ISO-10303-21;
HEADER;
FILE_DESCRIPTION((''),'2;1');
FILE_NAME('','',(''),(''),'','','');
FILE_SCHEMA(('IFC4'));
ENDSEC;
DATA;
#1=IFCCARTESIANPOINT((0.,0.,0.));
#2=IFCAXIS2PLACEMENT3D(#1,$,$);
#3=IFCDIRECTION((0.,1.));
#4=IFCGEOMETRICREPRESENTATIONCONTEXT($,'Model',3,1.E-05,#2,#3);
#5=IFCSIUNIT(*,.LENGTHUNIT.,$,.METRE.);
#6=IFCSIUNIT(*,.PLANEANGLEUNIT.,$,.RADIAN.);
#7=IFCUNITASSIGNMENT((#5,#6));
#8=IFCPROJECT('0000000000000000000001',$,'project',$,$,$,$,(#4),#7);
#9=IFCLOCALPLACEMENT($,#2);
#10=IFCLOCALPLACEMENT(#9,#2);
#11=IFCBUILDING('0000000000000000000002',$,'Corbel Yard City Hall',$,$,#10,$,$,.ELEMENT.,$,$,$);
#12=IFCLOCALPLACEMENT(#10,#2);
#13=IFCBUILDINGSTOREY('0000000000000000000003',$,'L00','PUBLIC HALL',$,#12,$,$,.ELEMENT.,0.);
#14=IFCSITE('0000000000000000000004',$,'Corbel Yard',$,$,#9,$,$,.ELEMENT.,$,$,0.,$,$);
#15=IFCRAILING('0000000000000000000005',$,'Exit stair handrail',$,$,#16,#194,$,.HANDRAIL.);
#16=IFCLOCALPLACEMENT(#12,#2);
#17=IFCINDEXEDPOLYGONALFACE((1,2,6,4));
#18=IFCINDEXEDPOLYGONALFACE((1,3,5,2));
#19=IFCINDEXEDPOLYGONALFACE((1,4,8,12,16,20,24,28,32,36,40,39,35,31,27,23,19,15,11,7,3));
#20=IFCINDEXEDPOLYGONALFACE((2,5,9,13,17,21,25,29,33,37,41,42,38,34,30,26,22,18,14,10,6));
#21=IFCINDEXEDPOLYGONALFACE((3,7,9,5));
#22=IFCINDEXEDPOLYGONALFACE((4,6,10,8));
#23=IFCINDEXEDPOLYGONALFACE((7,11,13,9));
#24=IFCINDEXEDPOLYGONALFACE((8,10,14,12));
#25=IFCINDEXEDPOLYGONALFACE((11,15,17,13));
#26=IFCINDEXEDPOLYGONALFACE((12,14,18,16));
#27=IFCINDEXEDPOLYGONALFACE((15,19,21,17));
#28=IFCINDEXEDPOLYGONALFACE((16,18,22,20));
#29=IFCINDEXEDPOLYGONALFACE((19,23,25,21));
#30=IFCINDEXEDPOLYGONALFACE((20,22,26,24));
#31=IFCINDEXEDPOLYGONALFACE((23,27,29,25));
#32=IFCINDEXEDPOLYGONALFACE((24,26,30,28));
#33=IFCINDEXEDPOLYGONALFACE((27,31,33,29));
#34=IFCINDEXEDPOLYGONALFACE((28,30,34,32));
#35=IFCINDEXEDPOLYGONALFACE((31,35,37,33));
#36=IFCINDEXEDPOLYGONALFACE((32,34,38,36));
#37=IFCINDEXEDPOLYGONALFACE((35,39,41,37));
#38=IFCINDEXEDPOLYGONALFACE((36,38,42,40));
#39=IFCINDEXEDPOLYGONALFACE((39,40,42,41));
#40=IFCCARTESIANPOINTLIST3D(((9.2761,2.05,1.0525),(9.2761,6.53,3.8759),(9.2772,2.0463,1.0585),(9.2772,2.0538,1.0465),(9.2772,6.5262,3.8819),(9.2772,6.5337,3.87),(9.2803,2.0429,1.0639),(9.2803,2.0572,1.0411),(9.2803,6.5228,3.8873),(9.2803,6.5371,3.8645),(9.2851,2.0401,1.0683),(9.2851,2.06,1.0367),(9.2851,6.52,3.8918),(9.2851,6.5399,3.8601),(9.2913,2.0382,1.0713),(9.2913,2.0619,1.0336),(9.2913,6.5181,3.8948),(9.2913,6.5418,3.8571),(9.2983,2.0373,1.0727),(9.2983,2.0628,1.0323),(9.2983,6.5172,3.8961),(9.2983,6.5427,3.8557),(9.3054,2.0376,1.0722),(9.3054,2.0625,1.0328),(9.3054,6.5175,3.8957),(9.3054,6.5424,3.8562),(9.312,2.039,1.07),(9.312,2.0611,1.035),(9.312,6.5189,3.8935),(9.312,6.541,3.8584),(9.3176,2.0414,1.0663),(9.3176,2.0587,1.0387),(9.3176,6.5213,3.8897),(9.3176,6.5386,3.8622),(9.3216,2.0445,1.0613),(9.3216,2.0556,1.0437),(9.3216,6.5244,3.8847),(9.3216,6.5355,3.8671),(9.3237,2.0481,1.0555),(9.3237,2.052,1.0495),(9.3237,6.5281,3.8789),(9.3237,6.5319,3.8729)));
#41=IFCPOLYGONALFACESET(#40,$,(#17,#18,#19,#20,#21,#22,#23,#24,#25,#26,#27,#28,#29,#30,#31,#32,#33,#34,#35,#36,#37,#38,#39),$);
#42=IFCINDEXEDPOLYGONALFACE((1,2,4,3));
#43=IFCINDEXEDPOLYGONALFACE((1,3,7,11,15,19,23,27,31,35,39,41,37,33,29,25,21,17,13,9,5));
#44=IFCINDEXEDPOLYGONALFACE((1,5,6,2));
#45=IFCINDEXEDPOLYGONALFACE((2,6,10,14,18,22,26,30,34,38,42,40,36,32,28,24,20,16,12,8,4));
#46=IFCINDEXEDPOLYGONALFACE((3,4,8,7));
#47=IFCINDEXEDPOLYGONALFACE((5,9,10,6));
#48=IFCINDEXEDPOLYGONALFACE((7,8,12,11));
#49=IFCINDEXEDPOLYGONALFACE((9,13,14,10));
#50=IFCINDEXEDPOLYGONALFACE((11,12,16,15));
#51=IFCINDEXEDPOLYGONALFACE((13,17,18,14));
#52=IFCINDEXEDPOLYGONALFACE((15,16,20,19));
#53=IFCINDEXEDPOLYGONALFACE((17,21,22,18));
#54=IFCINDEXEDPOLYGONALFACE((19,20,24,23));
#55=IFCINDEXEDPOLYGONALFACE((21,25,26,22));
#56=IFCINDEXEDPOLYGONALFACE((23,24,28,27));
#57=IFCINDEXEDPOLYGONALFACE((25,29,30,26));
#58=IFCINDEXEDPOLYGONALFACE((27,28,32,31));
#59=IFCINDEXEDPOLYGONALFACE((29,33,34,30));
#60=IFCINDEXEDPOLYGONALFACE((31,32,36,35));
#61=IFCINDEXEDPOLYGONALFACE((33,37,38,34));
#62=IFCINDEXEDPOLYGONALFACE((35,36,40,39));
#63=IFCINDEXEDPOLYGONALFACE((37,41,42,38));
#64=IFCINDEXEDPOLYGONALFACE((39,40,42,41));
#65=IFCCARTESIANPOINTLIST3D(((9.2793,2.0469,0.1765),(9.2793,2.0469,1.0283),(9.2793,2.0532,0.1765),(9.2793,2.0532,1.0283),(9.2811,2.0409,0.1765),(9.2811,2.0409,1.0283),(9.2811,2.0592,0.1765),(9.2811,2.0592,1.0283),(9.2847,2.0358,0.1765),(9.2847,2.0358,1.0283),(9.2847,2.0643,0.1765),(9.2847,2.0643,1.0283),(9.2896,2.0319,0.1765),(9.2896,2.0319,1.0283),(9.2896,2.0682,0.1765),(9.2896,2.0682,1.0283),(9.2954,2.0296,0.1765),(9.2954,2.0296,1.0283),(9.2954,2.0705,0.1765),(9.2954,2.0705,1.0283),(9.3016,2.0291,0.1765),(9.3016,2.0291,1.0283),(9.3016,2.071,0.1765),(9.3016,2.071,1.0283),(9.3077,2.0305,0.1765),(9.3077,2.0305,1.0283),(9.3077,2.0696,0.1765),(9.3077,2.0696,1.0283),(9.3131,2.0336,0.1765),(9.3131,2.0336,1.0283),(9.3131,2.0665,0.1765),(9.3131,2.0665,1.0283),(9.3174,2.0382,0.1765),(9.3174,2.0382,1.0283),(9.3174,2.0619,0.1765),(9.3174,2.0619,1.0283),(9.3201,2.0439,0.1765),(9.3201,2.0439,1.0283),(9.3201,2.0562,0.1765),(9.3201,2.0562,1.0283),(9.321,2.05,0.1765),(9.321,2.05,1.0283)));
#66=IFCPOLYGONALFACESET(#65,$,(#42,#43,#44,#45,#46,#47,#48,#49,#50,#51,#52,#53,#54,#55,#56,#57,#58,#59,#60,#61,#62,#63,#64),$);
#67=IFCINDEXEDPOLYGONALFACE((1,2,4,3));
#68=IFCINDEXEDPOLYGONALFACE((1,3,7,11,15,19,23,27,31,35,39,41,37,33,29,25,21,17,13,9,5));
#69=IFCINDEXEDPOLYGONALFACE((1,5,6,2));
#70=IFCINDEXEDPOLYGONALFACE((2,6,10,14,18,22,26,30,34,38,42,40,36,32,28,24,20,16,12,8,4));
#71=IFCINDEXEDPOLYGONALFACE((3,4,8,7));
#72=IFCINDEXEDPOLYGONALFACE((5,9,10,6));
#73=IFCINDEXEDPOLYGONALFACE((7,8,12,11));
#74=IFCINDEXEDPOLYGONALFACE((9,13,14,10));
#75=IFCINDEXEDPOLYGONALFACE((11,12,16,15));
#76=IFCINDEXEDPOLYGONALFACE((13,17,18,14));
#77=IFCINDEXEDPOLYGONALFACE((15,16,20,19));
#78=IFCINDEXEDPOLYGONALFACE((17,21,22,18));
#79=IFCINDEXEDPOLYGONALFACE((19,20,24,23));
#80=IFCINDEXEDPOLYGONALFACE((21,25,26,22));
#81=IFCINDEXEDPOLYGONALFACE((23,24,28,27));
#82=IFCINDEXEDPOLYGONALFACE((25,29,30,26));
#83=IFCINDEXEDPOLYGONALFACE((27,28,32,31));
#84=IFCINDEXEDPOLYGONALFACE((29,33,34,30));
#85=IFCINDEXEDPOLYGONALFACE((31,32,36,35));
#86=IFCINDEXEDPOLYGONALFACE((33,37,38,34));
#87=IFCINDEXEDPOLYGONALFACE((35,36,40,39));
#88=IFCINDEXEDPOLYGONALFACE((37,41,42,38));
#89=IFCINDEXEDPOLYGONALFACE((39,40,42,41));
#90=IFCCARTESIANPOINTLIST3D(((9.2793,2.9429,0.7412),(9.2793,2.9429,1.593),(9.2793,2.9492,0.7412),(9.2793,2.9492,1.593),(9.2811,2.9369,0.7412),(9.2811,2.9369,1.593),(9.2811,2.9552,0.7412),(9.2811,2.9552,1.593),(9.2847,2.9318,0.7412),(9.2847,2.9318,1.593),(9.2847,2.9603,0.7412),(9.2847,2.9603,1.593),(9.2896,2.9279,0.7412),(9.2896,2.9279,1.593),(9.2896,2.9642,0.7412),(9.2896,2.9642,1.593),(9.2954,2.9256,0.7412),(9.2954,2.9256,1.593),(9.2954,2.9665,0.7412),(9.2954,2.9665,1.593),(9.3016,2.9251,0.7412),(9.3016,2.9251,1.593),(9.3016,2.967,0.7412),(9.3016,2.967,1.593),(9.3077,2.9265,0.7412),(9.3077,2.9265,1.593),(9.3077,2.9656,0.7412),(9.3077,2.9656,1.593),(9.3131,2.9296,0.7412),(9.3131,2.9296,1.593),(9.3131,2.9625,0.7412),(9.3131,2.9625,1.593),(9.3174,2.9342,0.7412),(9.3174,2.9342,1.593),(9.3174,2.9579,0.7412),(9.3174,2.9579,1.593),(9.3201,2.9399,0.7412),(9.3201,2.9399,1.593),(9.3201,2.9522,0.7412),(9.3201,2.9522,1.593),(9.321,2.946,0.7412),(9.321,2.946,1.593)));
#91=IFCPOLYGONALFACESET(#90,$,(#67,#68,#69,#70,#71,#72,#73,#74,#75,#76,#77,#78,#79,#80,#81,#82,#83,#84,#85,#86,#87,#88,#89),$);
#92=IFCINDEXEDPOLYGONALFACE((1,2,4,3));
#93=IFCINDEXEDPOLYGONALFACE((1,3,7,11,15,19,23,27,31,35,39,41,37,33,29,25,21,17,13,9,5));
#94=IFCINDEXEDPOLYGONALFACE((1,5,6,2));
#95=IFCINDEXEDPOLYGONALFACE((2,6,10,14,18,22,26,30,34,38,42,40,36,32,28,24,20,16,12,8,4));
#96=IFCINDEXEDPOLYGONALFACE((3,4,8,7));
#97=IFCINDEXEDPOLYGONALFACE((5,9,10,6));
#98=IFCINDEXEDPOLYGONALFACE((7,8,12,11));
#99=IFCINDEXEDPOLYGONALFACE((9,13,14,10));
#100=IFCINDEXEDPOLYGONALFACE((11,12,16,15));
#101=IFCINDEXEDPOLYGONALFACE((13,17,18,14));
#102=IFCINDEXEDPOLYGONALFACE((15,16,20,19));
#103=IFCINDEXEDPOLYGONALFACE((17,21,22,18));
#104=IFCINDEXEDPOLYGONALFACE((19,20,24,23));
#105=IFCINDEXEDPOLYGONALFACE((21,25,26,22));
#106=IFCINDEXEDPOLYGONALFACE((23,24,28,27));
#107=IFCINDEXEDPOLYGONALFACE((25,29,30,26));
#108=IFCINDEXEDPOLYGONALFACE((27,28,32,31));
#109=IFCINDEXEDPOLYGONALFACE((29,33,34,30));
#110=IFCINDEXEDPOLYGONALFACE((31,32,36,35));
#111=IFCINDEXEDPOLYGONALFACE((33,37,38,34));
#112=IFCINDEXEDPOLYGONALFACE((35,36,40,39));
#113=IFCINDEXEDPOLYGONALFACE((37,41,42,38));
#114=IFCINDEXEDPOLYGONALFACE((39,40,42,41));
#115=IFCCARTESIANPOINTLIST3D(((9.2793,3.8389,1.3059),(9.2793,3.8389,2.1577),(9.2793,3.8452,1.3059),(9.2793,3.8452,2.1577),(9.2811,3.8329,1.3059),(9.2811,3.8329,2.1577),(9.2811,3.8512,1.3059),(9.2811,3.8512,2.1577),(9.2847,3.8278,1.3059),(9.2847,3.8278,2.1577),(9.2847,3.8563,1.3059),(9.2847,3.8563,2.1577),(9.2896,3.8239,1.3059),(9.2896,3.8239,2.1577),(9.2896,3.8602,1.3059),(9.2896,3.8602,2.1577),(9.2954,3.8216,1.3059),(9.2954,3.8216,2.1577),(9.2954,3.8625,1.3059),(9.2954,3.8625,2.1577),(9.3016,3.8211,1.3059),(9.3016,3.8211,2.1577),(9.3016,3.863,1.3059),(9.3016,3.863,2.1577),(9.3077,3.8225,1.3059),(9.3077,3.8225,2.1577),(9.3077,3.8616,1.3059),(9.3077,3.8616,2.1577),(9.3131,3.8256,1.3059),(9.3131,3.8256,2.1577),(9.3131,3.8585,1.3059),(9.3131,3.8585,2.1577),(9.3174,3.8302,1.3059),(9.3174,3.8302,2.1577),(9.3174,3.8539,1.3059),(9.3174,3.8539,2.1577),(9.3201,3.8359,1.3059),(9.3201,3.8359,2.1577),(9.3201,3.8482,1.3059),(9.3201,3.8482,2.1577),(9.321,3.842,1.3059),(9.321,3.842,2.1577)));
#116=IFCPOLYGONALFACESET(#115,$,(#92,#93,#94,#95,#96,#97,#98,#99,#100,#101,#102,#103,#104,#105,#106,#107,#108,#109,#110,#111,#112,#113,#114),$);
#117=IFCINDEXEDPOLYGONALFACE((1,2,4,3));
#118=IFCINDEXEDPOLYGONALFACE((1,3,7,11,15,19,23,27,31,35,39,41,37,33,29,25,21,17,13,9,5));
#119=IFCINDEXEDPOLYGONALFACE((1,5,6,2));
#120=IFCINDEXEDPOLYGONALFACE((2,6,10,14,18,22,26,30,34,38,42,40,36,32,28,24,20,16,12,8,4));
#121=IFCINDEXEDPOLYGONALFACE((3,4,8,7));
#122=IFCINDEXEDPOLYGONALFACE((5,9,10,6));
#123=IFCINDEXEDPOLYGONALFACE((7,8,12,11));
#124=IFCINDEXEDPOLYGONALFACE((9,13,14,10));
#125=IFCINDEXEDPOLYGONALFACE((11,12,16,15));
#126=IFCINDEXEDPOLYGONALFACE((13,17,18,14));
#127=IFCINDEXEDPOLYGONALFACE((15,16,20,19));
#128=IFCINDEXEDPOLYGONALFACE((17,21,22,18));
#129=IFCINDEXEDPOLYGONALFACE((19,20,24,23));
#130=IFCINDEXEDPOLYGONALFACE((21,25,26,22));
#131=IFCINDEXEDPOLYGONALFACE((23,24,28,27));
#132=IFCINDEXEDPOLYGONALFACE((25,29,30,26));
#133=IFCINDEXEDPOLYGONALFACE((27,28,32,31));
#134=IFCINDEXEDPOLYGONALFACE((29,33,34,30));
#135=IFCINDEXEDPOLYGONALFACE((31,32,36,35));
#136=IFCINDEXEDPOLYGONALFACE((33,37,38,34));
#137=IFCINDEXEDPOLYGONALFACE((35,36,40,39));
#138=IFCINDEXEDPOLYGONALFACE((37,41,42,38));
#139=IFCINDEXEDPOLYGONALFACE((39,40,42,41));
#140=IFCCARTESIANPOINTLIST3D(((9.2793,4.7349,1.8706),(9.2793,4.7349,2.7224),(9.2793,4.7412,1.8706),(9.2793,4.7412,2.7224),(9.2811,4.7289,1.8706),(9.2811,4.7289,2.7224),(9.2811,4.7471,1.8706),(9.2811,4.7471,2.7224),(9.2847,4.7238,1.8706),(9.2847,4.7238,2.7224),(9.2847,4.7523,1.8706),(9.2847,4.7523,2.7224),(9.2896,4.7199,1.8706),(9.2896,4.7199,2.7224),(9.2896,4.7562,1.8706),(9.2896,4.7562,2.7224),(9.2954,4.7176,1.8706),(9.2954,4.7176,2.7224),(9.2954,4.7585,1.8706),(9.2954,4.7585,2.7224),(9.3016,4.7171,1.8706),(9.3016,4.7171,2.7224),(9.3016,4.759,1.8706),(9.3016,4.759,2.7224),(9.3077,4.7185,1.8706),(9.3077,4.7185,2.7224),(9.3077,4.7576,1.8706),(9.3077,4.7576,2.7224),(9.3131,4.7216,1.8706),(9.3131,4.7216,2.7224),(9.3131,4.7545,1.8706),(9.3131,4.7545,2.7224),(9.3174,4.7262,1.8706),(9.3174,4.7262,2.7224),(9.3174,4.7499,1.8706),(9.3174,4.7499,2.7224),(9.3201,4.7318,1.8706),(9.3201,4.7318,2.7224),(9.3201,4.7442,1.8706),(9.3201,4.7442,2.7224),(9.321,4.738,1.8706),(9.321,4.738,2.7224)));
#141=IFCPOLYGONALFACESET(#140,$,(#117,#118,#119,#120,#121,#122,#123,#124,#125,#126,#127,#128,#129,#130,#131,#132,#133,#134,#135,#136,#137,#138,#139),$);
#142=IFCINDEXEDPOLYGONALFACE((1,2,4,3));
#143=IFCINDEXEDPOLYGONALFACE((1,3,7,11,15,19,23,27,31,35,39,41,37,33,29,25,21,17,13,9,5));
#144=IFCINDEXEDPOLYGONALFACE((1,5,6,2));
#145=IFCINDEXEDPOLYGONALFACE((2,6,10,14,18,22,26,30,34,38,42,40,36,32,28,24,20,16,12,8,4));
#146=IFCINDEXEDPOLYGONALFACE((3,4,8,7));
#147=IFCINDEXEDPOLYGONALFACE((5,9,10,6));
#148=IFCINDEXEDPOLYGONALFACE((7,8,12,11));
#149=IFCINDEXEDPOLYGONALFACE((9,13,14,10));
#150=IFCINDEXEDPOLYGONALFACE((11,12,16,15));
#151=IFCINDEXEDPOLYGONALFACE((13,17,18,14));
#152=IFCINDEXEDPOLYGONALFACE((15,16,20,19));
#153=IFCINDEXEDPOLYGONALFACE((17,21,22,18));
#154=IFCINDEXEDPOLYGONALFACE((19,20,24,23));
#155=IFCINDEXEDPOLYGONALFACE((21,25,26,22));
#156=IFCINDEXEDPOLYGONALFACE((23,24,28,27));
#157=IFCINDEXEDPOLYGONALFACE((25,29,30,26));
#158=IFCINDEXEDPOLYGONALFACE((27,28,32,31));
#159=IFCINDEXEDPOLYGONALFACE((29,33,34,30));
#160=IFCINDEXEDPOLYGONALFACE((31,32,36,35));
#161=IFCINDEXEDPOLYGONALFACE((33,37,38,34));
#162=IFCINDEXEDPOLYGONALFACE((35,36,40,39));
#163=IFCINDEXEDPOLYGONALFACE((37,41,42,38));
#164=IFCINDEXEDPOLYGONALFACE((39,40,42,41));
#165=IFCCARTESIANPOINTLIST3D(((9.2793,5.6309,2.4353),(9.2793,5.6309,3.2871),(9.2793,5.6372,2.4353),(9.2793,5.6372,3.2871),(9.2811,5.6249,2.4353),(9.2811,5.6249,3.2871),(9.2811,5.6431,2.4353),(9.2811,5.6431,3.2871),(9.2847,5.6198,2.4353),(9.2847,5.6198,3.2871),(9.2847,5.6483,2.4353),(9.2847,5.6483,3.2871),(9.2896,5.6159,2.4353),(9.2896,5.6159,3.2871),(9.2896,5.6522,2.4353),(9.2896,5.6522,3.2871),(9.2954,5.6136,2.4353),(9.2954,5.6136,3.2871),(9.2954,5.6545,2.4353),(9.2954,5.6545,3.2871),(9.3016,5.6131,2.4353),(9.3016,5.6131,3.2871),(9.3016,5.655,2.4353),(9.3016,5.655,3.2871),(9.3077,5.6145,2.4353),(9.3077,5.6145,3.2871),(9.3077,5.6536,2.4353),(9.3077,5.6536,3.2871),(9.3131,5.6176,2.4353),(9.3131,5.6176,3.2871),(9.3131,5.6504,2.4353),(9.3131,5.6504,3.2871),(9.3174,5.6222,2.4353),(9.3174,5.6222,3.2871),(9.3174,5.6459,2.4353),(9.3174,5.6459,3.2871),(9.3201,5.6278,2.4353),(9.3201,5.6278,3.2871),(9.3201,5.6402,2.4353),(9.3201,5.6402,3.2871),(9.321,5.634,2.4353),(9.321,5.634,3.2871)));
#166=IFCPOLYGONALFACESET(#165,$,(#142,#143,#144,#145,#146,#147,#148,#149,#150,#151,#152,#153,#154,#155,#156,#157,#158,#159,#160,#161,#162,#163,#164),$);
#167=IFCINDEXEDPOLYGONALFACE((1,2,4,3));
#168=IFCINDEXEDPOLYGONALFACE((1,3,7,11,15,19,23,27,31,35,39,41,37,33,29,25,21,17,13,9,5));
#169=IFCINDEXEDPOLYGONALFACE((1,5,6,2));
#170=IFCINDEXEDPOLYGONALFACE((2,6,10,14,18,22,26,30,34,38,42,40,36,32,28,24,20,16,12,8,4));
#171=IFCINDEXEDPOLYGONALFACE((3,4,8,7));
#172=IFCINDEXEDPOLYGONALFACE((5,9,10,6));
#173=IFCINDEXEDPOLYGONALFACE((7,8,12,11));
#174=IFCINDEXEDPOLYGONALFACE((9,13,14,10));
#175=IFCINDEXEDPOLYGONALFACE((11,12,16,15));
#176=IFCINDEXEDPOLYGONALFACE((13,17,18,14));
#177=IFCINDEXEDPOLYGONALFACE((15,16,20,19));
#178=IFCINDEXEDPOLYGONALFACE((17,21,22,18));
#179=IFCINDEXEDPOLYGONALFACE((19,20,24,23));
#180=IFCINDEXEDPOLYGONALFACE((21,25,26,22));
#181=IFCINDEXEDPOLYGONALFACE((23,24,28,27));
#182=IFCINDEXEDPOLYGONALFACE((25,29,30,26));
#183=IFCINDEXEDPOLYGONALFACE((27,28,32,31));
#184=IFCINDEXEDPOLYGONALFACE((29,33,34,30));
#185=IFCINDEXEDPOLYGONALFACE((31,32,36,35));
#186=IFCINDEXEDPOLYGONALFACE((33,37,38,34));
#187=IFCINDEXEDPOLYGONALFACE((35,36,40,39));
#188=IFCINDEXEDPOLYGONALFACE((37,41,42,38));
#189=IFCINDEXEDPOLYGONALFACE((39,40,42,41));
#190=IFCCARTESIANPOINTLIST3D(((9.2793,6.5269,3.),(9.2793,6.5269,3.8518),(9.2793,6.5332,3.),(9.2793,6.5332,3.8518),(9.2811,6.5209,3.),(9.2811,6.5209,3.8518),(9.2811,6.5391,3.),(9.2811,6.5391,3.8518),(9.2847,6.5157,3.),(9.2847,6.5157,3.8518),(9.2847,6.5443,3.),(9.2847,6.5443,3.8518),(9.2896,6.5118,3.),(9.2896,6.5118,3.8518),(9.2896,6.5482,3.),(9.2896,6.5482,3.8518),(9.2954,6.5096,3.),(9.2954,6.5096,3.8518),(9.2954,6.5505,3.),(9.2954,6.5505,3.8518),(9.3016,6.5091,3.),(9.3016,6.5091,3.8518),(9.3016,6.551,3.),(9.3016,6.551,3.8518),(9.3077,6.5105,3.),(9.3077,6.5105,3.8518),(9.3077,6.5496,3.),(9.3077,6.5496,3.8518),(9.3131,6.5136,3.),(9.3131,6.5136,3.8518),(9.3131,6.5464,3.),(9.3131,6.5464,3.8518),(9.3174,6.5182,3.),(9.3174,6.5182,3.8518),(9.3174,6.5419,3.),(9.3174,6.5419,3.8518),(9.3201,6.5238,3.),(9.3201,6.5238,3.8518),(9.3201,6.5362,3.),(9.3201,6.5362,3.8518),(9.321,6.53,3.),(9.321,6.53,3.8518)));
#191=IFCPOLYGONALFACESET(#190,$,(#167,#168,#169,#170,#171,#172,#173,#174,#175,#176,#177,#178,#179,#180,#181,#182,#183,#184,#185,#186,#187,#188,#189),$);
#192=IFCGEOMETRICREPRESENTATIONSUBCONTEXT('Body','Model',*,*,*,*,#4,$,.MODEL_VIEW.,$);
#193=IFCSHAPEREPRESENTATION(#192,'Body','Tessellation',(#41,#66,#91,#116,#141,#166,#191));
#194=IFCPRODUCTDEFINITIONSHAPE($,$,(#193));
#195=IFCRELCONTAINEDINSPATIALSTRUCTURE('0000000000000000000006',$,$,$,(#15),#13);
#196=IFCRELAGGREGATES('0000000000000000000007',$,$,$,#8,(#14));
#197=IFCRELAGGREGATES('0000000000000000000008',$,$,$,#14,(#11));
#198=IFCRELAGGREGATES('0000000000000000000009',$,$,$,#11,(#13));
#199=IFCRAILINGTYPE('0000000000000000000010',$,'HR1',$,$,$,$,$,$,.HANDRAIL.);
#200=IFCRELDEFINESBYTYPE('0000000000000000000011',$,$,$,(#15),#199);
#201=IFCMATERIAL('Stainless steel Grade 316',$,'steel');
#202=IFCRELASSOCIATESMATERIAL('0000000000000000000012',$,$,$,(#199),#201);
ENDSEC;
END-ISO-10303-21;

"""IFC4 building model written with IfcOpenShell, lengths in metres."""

from ifc_helpers import new_model, si_unit, direction, frame, origin, origin_2d, place, context, subcontext, project, spatial, circle, extrude, material, type_object, element, save


model = new_model("IFC4")

# Units and contexts
model_context = context("Model", 3, precision=1e-05, world=origin(), true_north=direction((0.0, 1.0)))
body_context = subcontext(model_context, "Body", "Model", "MODEL_VIEW")
ifc_project = project(units=[si_unit("LENGTHUNIT", "METRE"), si_unit("PLANEANGLEUNIT", "RADIAN")], contexts=[model_context])

# Site, building, storey
site_placement = place(None, origin())
site = spatial("IfcSite", under=ifc_project, at=site_placement, Name="Corbel Yard", CompositionType="ELEMENT", RefElevation=0.0)
building_placement = place(site_placement, origin())
building = spatial("IfcBuilding", under=site, at=building_placement, Name="Corbel Yard City Hall", CompositionType="ELEMENT")
storey_placement = place(building_placement, origin())
storey = spatial("IfcBuildingStorey", under=building, at=storey_placement, Name="L00", Description="PUBLIC HALL", CompositionType="ELEMENT", Elevation=0.0)

# Shared definitions
ifc_material_1 = material(Name="Stainless steel Grade 316", Category="steel")

# Railing
railing_type = type_object("IfcRailingType", Name="HR1", PredefinedType="HANDRAIL", material=ifc_material_1)
for number, where, name in (
    (1, (9.3, 2.05, 0.1765), "Exit stair handrail"),
):
    element("IfcRailing", number, at=place(storey_placement, frame(where)), inside=storey, type_object=railing_type, Name=name, PredefinedType="HANDRAIL", context=body_context, shape_type="SweptSolid", body=[
        extrude(circle(Radius=0.0239, at=origin_2d()), frame((0.0, 0.0, 0.876), z_axis=(0.0, 0.845998, 0.533186), x_axis=(-1.0, 0.0, 0.0)), (0.0, 0.0, 1.0), 5.2954),
        extrude(circle(Radius=0.021, at=origin_2d()), origin(), (0.0, 0.0, 1.0), 0.8518),
        extrude(circle(Radius=0.021, at=origin_2d()), frame((0.0, 0.896, 0.5647)), (0.0, 0.0, 1.0), 0.8518),
        extrude(circle(Radius=0.021, at=origin_2d()), frame((0.0, 1.792, 1.1294)), (0.0, 0.0, 1.0), 0.8518),
        extrude(circle(Radius=0.021, at=origin_2d()), frame((0.0, 2.688, 1.6941)), (0.0, 0.0, 1.0), 0.8518),
        extrude(circle(Radius=0.021, at=origin_2d()), frame((0.0, 3.584, 2.2588)), (0.0, 0.0, 1.0), 0.8518),
        extrude(circle(Radius=0.021, at=origin_2d()), frame((0.0, 4.48, 2.8235)), (0.0, 0.0, 1.0), 0.8518),
    ])

save(model, "model.ifc")
